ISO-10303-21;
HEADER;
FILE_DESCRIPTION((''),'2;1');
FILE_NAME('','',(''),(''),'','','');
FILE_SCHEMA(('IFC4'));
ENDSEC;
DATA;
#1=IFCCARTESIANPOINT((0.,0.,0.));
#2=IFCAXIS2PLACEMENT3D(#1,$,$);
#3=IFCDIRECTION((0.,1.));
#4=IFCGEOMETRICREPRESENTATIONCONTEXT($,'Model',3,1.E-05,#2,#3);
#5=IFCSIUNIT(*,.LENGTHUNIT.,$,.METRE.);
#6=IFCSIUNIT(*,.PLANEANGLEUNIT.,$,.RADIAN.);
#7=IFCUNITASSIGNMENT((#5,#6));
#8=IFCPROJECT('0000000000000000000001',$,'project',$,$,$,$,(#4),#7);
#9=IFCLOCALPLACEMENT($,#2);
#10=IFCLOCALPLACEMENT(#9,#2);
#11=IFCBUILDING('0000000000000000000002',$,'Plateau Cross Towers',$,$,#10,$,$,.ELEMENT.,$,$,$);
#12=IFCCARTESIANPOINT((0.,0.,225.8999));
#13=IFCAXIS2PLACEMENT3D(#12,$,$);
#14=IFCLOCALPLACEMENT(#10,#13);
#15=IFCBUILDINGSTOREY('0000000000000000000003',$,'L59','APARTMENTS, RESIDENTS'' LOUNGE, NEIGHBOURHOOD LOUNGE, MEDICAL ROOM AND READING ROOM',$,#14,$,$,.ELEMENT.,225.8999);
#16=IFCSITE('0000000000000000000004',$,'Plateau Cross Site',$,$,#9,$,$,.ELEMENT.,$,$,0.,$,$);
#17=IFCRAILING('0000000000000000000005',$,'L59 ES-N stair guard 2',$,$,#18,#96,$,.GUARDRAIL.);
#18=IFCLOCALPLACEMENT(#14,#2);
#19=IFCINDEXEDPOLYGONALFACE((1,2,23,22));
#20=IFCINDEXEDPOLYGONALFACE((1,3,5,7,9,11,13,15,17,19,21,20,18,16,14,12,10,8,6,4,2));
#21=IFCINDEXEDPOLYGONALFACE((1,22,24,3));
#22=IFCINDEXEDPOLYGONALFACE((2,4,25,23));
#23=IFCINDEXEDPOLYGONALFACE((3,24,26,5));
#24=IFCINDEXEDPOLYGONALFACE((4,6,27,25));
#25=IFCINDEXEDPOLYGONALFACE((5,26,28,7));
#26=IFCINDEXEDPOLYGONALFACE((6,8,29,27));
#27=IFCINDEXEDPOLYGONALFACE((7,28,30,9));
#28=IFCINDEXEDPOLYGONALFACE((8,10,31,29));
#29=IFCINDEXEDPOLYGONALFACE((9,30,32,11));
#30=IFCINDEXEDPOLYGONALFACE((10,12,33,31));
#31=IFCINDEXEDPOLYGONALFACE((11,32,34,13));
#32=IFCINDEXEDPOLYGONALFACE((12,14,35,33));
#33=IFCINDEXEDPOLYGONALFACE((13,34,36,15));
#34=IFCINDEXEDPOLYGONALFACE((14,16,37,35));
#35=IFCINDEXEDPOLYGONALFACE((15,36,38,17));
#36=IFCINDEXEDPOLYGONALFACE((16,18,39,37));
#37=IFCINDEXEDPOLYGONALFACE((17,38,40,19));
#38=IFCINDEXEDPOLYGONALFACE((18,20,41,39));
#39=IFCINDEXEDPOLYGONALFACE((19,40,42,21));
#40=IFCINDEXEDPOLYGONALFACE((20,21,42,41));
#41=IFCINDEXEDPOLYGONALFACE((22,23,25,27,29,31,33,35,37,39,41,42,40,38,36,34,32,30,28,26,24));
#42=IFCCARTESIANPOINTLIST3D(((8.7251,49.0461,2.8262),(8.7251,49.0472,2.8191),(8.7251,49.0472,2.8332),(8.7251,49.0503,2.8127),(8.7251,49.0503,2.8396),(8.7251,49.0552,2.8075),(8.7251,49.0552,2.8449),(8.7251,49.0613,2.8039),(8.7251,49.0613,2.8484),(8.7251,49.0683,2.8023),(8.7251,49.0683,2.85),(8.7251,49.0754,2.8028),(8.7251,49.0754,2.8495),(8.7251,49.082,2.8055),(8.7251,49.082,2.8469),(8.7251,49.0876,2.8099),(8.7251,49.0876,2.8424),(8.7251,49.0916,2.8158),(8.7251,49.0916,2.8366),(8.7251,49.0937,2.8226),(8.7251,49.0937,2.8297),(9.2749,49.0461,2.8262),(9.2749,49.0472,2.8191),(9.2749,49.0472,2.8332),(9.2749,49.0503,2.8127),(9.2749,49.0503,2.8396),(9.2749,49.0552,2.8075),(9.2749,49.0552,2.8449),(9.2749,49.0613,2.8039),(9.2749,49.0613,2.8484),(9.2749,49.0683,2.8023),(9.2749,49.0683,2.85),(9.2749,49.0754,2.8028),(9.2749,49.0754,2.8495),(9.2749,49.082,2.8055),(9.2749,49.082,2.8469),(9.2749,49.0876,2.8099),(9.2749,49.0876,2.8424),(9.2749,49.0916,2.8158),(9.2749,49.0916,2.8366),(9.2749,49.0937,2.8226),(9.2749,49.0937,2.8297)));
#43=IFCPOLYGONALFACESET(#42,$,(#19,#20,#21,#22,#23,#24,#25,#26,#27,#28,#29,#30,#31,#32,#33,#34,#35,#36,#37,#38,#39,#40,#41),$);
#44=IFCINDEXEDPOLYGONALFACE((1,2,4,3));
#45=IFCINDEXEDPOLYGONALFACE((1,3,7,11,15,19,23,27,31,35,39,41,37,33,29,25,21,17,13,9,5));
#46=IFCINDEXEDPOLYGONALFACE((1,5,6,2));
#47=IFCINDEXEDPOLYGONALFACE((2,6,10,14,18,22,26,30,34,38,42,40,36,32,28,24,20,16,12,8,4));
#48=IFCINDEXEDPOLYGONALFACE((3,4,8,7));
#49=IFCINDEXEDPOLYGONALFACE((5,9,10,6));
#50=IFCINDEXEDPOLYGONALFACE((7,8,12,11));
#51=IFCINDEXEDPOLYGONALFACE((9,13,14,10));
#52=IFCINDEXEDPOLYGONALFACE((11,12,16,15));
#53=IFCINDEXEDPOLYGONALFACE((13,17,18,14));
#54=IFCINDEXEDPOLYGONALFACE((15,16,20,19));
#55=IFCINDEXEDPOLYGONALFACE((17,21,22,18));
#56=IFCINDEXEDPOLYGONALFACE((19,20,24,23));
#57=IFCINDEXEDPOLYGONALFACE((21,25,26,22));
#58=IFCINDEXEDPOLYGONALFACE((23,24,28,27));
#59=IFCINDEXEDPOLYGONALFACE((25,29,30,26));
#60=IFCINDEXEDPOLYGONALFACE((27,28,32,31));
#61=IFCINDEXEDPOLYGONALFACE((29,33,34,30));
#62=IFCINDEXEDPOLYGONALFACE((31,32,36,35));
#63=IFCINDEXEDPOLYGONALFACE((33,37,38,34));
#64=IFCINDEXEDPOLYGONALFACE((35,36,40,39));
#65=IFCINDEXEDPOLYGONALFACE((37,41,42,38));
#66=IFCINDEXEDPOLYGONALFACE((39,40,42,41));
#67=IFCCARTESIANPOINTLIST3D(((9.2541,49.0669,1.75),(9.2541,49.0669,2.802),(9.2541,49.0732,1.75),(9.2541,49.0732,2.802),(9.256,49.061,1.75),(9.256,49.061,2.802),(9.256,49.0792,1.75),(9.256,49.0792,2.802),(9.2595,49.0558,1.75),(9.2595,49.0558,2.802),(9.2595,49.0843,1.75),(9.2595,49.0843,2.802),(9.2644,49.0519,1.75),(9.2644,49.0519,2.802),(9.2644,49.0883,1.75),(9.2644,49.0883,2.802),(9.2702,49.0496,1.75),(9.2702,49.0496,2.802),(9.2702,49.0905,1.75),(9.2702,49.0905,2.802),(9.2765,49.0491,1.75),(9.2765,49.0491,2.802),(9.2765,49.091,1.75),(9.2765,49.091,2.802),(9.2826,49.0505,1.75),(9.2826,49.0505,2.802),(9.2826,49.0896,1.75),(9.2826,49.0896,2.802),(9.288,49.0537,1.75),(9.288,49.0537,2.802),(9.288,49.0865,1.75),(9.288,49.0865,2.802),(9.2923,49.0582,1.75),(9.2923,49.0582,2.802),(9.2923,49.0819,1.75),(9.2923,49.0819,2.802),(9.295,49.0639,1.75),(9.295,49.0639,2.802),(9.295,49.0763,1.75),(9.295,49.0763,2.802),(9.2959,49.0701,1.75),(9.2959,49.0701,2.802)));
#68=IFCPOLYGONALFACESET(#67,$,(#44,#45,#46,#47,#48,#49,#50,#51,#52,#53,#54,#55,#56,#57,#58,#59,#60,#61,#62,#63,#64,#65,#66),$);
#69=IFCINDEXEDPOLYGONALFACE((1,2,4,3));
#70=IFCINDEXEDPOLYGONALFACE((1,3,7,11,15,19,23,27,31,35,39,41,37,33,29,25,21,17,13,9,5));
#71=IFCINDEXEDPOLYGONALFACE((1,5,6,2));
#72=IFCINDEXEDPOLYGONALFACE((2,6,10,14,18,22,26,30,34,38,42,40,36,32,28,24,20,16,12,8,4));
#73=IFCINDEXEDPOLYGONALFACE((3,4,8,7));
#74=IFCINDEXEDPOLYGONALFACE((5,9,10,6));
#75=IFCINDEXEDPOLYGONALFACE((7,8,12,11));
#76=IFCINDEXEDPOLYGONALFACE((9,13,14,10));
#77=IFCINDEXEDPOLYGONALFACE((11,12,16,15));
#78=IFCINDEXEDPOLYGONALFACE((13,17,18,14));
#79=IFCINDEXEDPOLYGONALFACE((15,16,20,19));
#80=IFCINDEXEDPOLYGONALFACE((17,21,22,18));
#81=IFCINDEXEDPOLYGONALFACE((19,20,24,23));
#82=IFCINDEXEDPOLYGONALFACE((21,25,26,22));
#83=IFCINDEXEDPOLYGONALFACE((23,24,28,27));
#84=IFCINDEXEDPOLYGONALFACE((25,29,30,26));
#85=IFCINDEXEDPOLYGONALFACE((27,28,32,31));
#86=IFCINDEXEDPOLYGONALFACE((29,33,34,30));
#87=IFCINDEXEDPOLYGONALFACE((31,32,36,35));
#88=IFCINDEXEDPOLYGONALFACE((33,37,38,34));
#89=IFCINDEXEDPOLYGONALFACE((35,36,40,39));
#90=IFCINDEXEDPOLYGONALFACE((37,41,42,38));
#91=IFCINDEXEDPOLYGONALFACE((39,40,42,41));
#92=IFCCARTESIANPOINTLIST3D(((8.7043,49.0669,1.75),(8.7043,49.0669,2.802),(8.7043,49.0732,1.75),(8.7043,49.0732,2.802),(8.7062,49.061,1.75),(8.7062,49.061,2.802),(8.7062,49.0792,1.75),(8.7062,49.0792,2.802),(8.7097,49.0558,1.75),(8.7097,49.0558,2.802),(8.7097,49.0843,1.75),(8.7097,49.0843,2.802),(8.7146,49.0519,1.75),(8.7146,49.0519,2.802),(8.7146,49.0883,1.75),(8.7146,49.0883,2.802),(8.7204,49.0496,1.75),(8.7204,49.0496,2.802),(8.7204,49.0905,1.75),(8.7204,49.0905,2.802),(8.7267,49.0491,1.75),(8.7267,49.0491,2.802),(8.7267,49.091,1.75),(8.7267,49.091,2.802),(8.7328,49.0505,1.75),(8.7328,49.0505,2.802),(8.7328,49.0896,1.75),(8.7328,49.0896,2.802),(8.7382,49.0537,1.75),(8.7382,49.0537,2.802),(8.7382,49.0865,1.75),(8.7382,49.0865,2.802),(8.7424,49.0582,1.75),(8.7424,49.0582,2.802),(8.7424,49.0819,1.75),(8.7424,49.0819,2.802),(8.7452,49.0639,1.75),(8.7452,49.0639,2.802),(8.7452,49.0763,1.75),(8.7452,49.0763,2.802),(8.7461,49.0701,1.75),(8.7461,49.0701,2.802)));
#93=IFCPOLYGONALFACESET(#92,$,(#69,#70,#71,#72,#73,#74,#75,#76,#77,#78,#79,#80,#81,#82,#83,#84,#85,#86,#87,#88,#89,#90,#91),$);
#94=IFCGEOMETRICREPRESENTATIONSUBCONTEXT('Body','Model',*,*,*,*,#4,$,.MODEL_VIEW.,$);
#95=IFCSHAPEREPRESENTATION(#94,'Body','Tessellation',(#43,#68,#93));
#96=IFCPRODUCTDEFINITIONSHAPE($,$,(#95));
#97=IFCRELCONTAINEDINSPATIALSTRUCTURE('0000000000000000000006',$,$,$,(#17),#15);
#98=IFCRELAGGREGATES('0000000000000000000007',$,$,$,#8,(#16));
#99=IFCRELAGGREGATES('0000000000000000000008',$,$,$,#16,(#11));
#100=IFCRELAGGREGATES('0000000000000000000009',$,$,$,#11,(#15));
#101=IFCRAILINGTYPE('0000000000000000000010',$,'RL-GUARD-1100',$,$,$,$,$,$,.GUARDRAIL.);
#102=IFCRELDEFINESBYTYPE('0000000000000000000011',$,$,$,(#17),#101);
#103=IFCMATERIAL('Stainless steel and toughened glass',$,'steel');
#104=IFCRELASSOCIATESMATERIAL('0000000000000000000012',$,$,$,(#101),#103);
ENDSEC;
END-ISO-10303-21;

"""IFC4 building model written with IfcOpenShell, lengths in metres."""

from ifc_helpers import new_model, si_unit, direction, frame, origin, origin_2d, place, context, subcontext, project, spatial, circle, extrude, material, type_object, element, save


model = new_model("IFC4")

# Units and contexts
model_context = context("Model", 3, precision=1e-05, world=origin(), true_north=direction((0.0, 1.0)))
body_context = subcontext(model_context, "Body", "Model", "MODEL_VIEW")
ifc_project = project(units=[si_unit("LENGTHUNIT", "METRE"), si_unit("PLANEANGLEUNIT", "RADIAN")], contexts=[model_context])

# Site, building, storey
site_placement = place(None, origin())
site = spatial("IfcSite", under=ifc_project, at=site_placement, Name="Plateau Cross Site", CompositionType="ELEMENT", RefElevation=0.0)
building_placement = place(site_placement, origin())
building = spatial("IfcBuilding", under=site, at=building_placement, Name="Plateau Cross Towers", CompositionType="ELEMENT")
storey_placement = place(building_placement, frame((0.0, 0.0, 225.8999)))
storey = spatial("IfcBuildingStorey", under=building, at=storey_placement, Name="L59", Description="APARTMENTS, RESIDENTS' LOUNGE, NEIGHBOURHOOD LOUNGE, MEDICAL ROOM AND READING ROOM", CompositionType="ELEMENT", Elevation=225.8999)

# Railing
ifc_material_1 = material(Name="Stainless steel and toughened glass", Category="steel")
railing_type_1 = type_object("IfcRailingType", Name="RL-GUARD-1100", PredefinedType="GUARDRAIL", material=ifc_material_1)
railing_1_placement = place(storey_placement, frame((9.2749, 49.0701, 1.75)))
element("IfcRailing", 1, at=railing_1_placement, inside=storey, type_object=railing_type_1, Name="L59 ES-N stair guard 2", PredefinedType="GUARDRAIL", context=body_context, shape_type="SweptSolid", body=[
    extrude(circle(Radius=0.0239, at=origin_2d()), frame((0.0, 0.0, 1.0762), z_axis=(-1.0, 0.0, 0.0), x_axis=(0.0, -1.0, 0.0)), (0.0, 0.0, 1.0), 0.5498),
    extrude(circle(Radius=0.021, at=origin_2d()), origin(), (0.0, 0.0, 1.0), 1.052),
    extrude(circle(Radius=0.021, at=origin_2d()), frame((-0.5498, 0.0, 0.0)), (0.0, 0.0, 1.0), 1.052),
])

save(model, "model.ifc")
